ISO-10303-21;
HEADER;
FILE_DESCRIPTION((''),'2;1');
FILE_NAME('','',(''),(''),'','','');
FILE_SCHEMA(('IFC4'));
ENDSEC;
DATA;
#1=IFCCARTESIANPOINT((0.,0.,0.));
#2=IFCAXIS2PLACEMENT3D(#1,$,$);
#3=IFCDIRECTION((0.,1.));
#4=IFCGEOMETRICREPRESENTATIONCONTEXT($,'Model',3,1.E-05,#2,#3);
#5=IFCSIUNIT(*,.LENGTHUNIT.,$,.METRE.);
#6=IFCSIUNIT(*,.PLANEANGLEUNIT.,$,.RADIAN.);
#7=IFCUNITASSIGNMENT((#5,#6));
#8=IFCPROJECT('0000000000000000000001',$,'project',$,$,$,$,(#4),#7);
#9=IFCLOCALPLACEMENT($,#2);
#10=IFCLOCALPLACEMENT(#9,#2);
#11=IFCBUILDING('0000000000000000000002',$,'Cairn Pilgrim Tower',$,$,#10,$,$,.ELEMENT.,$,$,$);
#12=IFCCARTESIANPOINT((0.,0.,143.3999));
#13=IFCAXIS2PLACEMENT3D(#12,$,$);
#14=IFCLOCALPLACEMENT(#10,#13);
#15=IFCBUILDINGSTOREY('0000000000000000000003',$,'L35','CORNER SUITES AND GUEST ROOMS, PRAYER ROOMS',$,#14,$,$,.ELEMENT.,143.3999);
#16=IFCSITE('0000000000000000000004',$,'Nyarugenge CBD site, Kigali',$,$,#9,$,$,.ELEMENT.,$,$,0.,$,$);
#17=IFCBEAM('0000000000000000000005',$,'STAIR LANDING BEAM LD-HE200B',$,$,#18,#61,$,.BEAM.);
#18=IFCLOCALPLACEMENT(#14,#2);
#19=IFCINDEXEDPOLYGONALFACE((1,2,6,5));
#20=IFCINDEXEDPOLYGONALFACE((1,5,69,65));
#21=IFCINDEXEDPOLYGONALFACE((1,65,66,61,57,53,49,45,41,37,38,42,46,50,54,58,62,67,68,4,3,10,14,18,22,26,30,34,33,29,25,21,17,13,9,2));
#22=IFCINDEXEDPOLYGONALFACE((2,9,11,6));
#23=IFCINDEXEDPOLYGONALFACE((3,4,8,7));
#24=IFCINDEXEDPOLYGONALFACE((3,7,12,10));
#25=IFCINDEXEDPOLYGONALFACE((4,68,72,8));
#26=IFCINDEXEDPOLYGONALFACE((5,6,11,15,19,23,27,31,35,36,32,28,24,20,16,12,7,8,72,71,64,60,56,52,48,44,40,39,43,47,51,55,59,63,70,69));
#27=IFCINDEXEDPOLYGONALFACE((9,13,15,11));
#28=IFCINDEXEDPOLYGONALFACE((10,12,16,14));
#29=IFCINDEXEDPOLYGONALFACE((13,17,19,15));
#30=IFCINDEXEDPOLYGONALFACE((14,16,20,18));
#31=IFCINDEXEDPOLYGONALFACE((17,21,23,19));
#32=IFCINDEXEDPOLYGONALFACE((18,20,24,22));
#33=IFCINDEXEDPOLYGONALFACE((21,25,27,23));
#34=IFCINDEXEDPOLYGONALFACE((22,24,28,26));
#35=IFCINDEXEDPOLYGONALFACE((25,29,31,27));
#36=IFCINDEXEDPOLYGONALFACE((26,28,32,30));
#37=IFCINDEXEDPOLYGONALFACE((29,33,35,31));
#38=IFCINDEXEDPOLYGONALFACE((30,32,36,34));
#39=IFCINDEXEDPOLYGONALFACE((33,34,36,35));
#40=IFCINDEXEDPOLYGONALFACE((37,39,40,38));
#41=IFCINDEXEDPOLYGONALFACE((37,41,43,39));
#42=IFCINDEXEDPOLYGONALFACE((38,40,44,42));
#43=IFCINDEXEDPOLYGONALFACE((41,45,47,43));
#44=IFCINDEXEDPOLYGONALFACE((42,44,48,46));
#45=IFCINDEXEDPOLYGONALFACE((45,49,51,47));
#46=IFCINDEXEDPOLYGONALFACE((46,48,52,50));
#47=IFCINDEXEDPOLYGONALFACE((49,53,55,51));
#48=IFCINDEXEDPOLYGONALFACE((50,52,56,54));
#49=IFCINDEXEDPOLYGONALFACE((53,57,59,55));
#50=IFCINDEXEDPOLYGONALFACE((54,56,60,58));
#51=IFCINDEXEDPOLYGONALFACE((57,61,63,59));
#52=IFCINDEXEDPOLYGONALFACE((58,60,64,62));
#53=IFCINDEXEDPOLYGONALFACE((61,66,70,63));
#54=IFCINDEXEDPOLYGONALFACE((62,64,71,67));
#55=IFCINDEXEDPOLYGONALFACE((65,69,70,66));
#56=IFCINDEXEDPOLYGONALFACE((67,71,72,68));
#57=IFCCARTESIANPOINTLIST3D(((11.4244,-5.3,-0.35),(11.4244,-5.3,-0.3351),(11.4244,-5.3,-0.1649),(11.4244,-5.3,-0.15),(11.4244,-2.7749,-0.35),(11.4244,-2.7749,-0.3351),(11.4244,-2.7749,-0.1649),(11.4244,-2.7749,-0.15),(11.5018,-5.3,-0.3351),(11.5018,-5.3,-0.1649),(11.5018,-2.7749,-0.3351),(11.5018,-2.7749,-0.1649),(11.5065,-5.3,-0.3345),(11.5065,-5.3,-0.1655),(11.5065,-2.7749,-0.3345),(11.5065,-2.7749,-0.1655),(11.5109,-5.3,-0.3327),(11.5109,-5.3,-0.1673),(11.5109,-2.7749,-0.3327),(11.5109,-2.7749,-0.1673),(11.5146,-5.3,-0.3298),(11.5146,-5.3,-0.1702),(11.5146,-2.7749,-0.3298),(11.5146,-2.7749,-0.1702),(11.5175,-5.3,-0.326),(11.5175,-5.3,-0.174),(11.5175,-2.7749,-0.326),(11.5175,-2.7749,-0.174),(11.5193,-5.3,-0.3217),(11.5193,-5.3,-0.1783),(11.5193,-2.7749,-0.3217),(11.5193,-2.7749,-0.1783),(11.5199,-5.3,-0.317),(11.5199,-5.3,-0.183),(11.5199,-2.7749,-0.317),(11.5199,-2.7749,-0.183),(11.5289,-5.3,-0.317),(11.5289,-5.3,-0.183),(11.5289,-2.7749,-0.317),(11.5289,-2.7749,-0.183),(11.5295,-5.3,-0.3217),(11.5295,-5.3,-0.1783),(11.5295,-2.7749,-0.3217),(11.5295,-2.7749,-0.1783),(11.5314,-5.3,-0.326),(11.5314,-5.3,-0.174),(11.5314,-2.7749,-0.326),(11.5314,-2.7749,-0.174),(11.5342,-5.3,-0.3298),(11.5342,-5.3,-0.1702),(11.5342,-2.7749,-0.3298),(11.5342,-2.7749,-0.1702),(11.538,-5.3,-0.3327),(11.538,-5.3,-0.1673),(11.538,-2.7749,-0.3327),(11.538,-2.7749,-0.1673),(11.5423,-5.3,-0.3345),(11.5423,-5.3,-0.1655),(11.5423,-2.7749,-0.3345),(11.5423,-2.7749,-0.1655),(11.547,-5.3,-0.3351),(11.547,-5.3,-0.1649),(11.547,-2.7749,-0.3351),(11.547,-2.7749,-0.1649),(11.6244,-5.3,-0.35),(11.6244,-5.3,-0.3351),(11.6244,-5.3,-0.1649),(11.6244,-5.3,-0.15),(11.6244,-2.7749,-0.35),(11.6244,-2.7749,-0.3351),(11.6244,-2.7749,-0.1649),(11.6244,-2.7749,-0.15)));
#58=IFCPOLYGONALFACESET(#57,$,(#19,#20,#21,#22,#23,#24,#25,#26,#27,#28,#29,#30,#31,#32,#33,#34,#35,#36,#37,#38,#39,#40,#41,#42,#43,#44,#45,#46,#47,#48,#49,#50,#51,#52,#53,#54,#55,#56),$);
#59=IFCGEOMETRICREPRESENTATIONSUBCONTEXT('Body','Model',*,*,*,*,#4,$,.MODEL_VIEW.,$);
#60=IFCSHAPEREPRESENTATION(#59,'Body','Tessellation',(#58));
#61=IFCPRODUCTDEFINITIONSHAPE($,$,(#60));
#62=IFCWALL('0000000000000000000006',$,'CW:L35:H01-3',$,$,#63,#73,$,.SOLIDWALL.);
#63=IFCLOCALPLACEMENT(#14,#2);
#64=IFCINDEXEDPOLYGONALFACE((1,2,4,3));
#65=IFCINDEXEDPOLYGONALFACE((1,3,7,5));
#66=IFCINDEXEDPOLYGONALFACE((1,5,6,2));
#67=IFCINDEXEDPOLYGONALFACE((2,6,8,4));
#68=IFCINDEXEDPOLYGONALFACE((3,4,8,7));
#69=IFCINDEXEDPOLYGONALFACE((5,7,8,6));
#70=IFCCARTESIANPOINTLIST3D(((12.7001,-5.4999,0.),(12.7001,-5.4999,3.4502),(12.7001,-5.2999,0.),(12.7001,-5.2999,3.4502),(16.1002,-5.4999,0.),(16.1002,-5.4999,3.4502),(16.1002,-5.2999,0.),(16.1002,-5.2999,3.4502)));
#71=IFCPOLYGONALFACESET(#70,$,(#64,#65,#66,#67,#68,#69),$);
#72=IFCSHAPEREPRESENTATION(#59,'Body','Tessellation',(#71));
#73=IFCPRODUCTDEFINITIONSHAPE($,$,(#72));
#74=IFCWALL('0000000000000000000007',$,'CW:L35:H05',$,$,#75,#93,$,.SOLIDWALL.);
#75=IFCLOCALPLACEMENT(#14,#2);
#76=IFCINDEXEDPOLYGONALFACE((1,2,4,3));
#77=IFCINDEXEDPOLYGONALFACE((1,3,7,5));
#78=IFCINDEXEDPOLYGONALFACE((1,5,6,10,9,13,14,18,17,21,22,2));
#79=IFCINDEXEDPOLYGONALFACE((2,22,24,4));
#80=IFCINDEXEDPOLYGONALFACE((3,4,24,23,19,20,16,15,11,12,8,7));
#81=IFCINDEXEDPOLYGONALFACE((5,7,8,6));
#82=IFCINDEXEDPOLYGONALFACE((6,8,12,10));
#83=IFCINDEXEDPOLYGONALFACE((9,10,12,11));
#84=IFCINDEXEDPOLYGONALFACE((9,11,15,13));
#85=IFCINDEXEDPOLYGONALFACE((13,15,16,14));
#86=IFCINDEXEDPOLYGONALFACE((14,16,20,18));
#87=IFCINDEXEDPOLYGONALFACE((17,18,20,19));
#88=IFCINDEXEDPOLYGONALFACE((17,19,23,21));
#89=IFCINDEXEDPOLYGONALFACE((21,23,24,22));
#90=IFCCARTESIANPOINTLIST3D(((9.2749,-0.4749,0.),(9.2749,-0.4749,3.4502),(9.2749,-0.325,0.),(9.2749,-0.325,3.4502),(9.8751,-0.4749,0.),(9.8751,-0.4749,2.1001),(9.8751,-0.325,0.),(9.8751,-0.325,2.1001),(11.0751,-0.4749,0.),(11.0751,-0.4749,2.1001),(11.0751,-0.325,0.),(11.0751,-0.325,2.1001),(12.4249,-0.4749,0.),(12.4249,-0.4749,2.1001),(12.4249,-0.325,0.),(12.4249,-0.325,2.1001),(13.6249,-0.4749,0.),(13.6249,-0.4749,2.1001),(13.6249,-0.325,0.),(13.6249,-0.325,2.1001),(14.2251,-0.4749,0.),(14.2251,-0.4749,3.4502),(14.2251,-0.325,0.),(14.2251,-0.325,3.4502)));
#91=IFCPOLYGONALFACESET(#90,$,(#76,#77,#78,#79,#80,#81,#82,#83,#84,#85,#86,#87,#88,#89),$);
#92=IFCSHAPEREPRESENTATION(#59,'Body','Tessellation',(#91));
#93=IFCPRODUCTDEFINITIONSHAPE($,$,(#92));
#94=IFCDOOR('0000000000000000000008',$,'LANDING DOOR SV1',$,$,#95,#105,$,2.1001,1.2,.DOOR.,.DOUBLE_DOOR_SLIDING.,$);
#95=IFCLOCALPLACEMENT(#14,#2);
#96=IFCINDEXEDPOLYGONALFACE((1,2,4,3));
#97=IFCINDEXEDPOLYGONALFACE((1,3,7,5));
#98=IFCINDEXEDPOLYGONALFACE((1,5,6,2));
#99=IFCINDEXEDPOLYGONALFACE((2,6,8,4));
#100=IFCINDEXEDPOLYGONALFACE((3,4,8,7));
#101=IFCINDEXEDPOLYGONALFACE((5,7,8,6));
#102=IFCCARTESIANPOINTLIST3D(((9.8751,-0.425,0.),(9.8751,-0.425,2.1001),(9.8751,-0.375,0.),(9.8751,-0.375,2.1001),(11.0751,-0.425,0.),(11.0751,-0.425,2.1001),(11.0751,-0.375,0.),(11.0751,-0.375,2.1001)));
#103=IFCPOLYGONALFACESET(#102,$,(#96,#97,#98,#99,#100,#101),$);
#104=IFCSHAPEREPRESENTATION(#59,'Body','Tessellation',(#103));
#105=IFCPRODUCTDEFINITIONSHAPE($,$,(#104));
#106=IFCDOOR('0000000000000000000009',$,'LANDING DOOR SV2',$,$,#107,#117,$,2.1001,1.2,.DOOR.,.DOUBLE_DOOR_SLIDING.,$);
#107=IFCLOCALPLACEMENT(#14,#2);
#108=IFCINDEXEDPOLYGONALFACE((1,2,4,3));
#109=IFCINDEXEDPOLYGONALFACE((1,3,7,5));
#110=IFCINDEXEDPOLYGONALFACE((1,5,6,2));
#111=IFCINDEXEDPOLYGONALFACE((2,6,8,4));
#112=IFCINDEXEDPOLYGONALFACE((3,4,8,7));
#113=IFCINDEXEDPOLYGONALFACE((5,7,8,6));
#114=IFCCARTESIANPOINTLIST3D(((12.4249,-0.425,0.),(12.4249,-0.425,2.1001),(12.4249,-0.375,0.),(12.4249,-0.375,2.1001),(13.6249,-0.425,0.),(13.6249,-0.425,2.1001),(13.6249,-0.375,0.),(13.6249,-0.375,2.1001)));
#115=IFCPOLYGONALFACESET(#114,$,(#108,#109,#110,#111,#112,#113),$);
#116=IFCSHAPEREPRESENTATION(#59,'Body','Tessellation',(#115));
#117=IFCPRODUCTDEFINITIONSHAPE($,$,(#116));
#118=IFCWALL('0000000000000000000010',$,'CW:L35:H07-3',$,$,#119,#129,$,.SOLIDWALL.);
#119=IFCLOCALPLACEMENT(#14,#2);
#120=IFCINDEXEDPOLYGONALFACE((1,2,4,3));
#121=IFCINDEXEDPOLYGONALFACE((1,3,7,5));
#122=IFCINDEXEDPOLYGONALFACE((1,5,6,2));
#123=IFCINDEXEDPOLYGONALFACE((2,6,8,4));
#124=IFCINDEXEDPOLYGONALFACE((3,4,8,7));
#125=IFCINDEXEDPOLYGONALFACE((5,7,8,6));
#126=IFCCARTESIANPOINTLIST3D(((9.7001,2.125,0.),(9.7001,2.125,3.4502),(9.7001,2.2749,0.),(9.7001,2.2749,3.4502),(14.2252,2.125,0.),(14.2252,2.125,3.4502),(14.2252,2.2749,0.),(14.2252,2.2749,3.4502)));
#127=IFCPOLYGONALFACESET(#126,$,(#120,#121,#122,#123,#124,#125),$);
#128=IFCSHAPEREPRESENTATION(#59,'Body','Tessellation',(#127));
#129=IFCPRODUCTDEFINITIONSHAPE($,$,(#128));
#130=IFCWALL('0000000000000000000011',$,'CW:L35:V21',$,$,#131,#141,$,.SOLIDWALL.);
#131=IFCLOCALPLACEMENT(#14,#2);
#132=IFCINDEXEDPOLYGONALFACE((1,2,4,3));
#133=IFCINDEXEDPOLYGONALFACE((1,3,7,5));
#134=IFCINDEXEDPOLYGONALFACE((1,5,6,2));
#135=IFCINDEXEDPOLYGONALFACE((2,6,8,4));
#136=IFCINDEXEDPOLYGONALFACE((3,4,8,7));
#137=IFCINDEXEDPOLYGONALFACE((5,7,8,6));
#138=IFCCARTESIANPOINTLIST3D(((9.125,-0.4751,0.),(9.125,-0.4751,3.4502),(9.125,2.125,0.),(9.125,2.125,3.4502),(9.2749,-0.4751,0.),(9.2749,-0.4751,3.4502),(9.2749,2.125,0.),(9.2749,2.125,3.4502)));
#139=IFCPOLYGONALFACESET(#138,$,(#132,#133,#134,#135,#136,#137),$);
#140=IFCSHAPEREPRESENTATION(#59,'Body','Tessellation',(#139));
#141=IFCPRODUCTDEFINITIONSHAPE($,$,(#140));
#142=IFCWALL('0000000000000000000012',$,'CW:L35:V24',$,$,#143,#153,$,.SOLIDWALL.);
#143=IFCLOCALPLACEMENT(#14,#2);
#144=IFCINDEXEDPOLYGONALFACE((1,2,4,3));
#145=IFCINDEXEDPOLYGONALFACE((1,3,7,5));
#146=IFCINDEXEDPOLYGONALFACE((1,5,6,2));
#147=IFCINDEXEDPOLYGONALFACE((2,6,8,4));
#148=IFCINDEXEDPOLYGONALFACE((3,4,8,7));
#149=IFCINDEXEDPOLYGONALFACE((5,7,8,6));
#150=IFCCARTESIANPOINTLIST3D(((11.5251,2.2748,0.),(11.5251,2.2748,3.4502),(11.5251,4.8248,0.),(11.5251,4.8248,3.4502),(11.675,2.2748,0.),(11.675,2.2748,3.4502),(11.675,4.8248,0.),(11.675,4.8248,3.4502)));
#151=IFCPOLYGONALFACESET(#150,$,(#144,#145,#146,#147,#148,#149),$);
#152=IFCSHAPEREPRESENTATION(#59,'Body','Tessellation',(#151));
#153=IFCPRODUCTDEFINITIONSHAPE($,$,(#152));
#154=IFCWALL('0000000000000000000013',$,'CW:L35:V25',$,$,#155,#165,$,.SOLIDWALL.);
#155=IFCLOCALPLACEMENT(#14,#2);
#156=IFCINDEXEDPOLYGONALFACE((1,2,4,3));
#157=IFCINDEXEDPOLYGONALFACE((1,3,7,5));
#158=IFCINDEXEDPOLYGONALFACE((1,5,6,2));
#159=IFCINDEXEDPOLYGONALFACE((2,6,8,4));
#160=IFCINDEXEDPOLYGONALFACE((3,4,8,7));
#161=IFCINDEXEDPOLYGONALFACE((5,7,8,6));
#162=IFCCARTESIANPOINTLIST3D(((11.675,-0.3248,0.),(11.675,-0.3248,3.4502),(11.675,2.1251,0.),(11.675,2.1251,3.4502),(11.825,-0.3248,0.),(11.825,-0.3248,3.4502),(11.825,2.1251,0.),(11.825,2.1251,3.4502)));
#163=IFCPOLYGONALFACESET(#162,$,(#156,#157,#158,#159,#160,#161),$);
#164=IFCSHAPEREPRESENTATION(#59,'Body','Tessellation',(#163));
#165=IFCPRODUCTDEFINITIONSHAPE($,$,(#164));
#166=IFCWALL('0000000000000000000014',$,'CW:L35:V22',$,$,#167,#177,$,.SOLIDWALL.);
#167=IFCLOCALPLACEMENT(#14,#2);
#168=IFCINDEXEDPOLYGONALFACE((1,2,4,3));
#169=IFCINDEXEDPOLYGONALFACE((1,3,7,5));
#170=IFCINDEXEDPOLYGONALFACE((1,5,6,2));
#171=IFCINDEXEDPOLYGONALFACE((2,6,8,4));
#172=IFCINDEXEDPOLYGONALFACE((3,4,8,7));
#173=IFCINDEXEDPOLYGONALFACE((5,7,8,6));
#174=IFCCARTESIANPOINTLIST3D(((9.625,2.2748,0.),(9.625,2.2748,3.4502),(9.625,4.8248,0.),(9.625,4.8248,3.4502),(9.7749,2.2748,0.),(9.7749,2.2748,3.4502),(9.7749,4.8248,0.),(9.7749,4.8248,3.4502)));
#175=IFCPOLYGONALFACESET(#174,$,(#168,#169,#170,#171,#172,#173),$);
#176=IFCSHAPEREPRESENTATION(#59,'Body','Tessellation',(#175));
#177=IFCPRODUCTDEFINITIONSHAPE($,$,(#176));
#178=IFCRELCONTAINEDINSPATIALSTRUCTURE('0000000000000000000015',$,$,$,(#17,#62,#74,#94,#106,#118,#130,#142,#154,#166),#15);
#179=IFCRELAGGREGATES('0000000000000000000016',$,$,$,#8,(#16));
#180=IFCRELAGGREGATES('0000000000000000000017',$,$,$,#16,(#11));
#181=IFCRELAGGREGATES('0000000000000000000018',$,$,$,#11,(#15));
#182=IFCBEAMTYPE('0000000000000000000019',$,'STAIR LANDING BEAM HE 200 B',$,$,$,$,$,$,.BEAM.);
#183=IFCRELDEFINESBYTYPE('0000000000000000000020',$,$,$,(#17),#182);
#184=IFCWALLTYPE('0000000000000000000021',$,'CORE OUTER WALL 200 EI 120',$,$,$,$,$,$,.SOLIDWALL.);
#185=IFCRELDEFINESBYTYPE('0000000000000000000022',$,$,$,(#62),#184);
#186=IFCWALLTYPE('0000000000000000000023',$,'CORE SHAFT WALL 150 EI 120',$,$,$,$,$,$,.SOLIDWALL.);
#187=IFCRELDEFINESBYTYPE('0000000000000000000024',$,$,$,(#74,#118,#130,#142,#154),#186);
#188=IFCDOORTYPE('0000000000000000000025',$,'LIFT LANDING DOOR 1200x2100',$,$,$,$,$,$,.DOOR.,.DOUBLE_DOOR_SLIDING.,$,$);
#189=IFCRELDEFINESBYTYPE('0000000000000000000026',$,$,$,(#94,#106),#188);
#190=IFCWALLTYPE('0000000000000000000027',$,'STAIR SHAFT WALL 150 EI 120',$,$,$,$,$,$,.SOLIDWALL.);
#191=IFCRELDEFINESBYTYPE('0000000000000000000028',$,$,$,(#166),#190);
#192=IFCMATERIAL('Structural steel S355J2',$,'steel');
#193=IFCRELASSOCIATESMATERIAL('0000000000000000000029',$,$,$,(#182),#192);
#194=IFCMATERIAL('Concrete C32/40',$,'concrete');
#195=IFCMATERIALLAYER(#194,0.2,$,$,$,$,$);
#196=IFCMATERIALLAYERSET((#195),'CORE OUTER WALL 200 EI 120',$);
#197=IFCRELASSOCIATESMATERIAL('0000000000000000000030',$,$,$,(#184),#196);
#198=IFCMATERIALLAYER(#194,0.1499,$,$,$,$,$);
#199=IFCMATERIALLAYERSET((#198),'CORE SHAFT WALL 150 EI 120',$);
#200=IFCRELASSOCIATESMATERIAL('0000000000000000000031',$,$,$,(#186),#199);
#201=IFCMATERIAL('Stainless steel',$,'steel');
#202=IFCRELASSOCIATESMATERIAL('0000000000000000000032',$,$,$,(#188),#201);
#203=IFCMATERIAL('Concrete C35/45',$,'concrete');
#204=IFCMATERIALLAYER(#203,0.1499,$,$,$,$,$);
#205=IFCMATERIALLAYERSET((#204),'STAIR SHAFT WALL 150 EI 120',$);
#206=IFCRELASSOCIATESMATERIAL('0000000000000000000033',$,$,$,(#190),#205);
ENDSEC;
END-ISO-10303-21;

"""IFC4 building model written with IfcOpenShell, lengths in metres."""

from ifc_helpers import new_model, si_unit, direction, frame, frame_2d, origin, origin_2d, place, context, subcontext, project, spatial, rectangle, i_section, extrude, material, layer, layer_set, material_profile, profile_set, type_object, element, fill, save


model = new_model("IFC4")

# Units and contexts
model_context = context("Model", 3, precision=1e-05, world=origin(), true_north=direction((0.0, 1.0)))
body_context = subcontext(model_context, "Body", "Model", "MODEL_VIEW")
ifc_project = project(units=[si_unit("LENGTHUNIT", "METRE"), si_unit("PLANEANGLEUNIT", "RADIAN")], contexts=[model_context])

# Site, building, storey
site_placement = place(None, origin())
site = spatial("IfcSite", under=ifc_project, at=site_placement, Name="Nyarugenge CBD site, Kigali", CompositionType="ELEMENT", RefElevation=0.0)
building_placement = place(site_placement, origin())
building = spatial("IfcBuilding", under=site, at=building_placement, Name="Cairn Pilgrim Tower", CompositionType="ELEMENT")
storey_placement = place(building_placement, frame((0.0, 0.0, 143.3999)))
storey = spatial("IfcBuildingStorey", under=building, at=storey_placement, Name="L35", Description="CORNER SUITES AND GUEST ROOMS, PRAYER ROOMS", CompositionType="ELEMENT", Elevation=143.3999)

# Beam
ifc_material_1 = material(Name="Structural steel S355J2", Category="steel")
ifc_material_profile = material_profile(ifc_material_1, i_section(OverallWidth=0.2, OverallDepth=0.2, WebThickness=0.009, FlangeThickness=0.0149, FilletRadius=0.0181, at=origin_2d()), Name="HE 200 B")
ifc_profile_set = profile_set([ifc_material_profile], Name="Structural steel S355J2")
beam_type = type_object("IfcBeamType", Name="STAIR LANDING BEAM HE 200 B", PredefinedType="BEAM", material=ifc_profile_set)
beam_placement = place(storey_placement, frame((11.5244, -2.7749, -0.25), z_axis=(0.0, -1.0, 0.0), x_axis=(1.0, 0.0, 0.0)))
element("IfcBeam", 1, at=beam_placement, inside=storey, type_object=beam_type, Name="STAIR LANDING BEAM LD-HE200B", PredefinedType="BEAM", context=body_context, shape_type="SweptSolid", body=[
    extrude(i_section(OverallWidth=0.2, OverallDepth=0.2, WebThickness=0.009, FlangeThickness=0.0149, FilletRadius=0.0181, at=origin_2d()), origin(), (0.0, 0.0, 1.0), 2.5251),
])

# Wall
ifc_material_2 = material(Name="Concrete C32/40", Category="concrete")
ifc_layer_1 = layer(ifc_material_2, 0.2)
ifc_layer_set_1 = layer_set([ifc_layer_1], Name="CORE OUTER WALL 200 EI 120")
wall_type_1 = type_object("IfcWallType", Name="CORE OUTER WALL 200 EI 120", PredefinedType="SOLIDWALL", material=ifc_layer_set_1)
wall_1_placement = place(storey_placement, frame((12.7, -5.3999, 0.0), z_axis=(0.0, 0.0, 1.0), x_axis=(1.0, 0.0, 0.0)))
element("IfcWall", 2, at=wall_1_placement, inside=storey, type_object=wall_type_1, Name="CW:L35:H01-3", PredefinedType="SOLIDWALL", context=body_context, shape_type="SweptSolid", body=[
    extrude(rectangle(XDim=3.4001, YDim=0.2, at=frame_2d((1.7002, 0.0))), origin(), (0.0, 0.0, 1.0), 3.4502),
])

# Wall, openings, doors
ifc_layer_2 = layer(ifc_material_2, 0.1499)
ifc_layer_set_2 = layer_set([ifc_layer_2], Name="CORE SHAFT WALL 150 EI 120")
wall_type_2 = type_object("IfcWallType", Name="CORE SHAFT WALL 150 EI 120", PredefinedType="SOLIDWALL", material=ifc_layer_set_2)
wall_2_placement = place(storey_placement, frame((9.2749, -0.3999, 0.0), z_axis=(0.0, 0.0, 1.0), x_axis=(1.0, 0.0, 0.0)))
wall_2 = element("IfcWall", 3, at=wall_2_placement, inside=storey, type_object=wall_type_2, Name="CW:L35:H05", PredefinedType="SOLIDWALL", context=body_context, shape_type="SweptSolid", body=[
    extrude(rectangle(XDim=4.9502, YDim=0.1499, at=frame_2d((2.4751, 0.0))), origin(), (0.0, 0.0, 1.0), 3.4502),
])
opening_1_placement = place(wall_2_placement, frame((0.6001, 0.0, 0.0)))
opening_1 = element("IfcOpeningElement", 4, at=opening_1_placement, cuts=wall_2, PredefinedType="OPENING", context=body_context, shape_type="SweptSolid", body=[
    extrude(rectangle(XDim=1.2, YDim=2.1001, at=frame_2d((0.6001, 1.05))), frame((0.0, 0.085, 0.0), z_axis=(0.0, -1.0, 0.0), x_axis=(1.0, 0.0, 0.0)), (0.0, 0.0, 1.0), 0.1699),
])
opening_2_placement = place(wall_2_placement, frame((3.1499, 0.0, 0.0)))
opening_2 = element("IfcOpeningElement", 5, at=opening_2_placement, cuts=wall_2, PredefinedType="OPENING", context=body_context, shape_type="SweptSolid", body=[
    extrude(rectangle(XDim=1.2, YDim=2.1001, at=frame_2d((0.6001, 1.05))), frame((0.0, 0.085, 0.0), z_axis=(0.0, -1.0, 0.0), x_axis=(1.0, 0.0, 0.0)), (0.0, 0.0, 1.0), 0.1699),
])
ifc_material_3 = material(Name="Stainless steel", Category="steel")
door_type = type_object("IfcDoorType", Name="LIFT LANDING DOOR 1200x2100", OperationType="DOUBLE_DOOR_SLIDING", PredefinedType="DOOR", material=ifc_material_3)
door_1_placement = place(opening_1_placement, origin())
door_1 = element("IfcDoor", 6, at=door_1_placement, inside=storey, type_object=door_type, Name="LANDING DOOR SV1", OperationType="DOUBLE_DOOR_SLIDING", OverallHeight=2.1001, OverallWidth=1.2, PredefinedType="DOOR", context=body_context, shape_type="SweptSolid", body=[
    extrude(rectangle(XDim=1.2, YDim=2.1001, at=frame_2d((0.6001, 1.05))), frame((0.0, 0.0249, 0.0), z_axis=(0.0, -1.0, 0.0), x_axis=(1.0, 0.0, 0.0)), (0.0, 0.0, 1.0), 0.05),
])
fill(opening_1, door_1)
door_2_placement = place(opening_2_placement, origin())
door_2 = element("IfcDoor", 7, at=door_2_placement, inside=storey, type_object=door_type, Name="LANDING DOOR SV2", OperationType="DOUBLE_DOOR_SLIDING", OverallHeight=2.1001, OverallWidth=1.2, PredefinedType="DOOR", context=body_context, shape_type="SweptSolid", body=[
    extrude(rectangle(XDim=1.2, YDim=2.1001, at=frame_2d((0.6001, 1.05))), frame((0.0, 0.0249, 0.0), z_axis=(0.0, -1.0, 0.0), x_axis=(1.0, 0.0, 0.0)), (0.0, 0.0, 1.0), 0.05),
])
fill(opening_2, door_2)

# Walls
wall_3_placement = place(storey_placement, frame((9.7, 2.2, 0.0), z_axis=(0.0, 0.0, 1.0), x_axis=(1.0, 0.0, 0.0)))
element("IfcWall", 8, at=wall_3_placement, inside=storey, type_object=wall_type_2, Name="CW:L35:H07-3", PredefinedType="SOLIDWALL", context=body_context, shape_type="SweptSolid", body=[
    extrude(rectangle(XDim=4.5251, YDim=0.1499, at=frame_2d((2.2627, 0.0))), origin(), (0.0, 0.0, 1.0), 3.4502),
])
wall_4_placement = place(storey_placement, frame((9.2, -0.4751, 0.0), z_axis=(0.0, 0.0, 1.0), x_axis=(0.0, 1.0, 0.0)))
element("IfcWall", 9, at=wall_4_placement, inside=storey, type_object=wall_type_2, Name="CW:L35:V21", PredefinedType="SOLIDWALL", context=body_context, shape_type="SweptSolid", body=[
    extrude(rectangle(XDim=2.6001, YDim=0.1499, at=frame_2d((1.3, 0.0))), origin(), (0.0, 0.0, 1.0), 3.4502),
])
wall_5_placement = place(storey_placement, frame((11.6001, 2.2749, 0.0), z_axis=(0.0, 0.0, 1.0), x_axis=(0.0, 1.0, 0.0)))
element("IfcWall", 10, at=wall_5_placement, inside=storey, type_object=wall_type_2, Name="CW:L35:V24", PredefinedType="SOLIDWALL", context=body_context, shape_type="SweptSolid", body=[
    extrude(rectangle(XDim=2.55, YDim=0.1499, at=frame_2d((1.2749, 0.0))), origin(), (0.0, 0.0, 1.0), 3.4502),
])
wall_6_placement = place(storey_placement, frame((11.75, -0.325, 0.0), z_axis=(0.0, 0.0, 1.0), x_axis=(0.0, 1.0, 0.0)))
element("IfcWall", 11, at=wall_6_placement, inside=storey, type_object=wall_type_2, Name="CW:L35:V25", PredefinedType="SOLIDWALL", context=body_context, shape_type="SweptSolid", body=[
    extrude(rectangle(XDim=2.45, YDim=0.1499, at=frame_2d((1.2251, 0.0))), origin(), (0.0, 0.0, 1.0), 3.4502),
])
ifc_material_4 = material(Name="Concrete C35/45", Category="concrete")
ifc_layer_3 = layer(ifc_material_4, 0.1499)
ifc_layer_set_3 = layer_set([ifc_layer_3], Name="STAIR SHAFT WALL 150 EI 120")
wall_type_3 = type_object("IfcWallType", Name="STAIR SHAFT WALL 150 EI 120", PredefinedType="SOLIDWALL", material=ifc_layer_set_3)
wall_7_placement = place(storey_placement, frame((9.7, 2.2749, 0.0), z_axis=(0.0, 0.0, 1.0), x_axis=(0.0, 1.0, 0.0)))
element("IfcWall", 12, at=wall_7_placement, inside=storey, type_object=wall_type_3, Name="CW:L35:V22", PredefinedType="SOLIDWALL", context=body_context, shape_type="SweptSolid", body=[
    extrude(rectangle(XDim=2.55, YDim=0.1499, at=frame_2d((1.2749, 0.0))), origin(), (0.0, 0.0, 1.0), 3.4502),
])

save(model, "model.ifc")
